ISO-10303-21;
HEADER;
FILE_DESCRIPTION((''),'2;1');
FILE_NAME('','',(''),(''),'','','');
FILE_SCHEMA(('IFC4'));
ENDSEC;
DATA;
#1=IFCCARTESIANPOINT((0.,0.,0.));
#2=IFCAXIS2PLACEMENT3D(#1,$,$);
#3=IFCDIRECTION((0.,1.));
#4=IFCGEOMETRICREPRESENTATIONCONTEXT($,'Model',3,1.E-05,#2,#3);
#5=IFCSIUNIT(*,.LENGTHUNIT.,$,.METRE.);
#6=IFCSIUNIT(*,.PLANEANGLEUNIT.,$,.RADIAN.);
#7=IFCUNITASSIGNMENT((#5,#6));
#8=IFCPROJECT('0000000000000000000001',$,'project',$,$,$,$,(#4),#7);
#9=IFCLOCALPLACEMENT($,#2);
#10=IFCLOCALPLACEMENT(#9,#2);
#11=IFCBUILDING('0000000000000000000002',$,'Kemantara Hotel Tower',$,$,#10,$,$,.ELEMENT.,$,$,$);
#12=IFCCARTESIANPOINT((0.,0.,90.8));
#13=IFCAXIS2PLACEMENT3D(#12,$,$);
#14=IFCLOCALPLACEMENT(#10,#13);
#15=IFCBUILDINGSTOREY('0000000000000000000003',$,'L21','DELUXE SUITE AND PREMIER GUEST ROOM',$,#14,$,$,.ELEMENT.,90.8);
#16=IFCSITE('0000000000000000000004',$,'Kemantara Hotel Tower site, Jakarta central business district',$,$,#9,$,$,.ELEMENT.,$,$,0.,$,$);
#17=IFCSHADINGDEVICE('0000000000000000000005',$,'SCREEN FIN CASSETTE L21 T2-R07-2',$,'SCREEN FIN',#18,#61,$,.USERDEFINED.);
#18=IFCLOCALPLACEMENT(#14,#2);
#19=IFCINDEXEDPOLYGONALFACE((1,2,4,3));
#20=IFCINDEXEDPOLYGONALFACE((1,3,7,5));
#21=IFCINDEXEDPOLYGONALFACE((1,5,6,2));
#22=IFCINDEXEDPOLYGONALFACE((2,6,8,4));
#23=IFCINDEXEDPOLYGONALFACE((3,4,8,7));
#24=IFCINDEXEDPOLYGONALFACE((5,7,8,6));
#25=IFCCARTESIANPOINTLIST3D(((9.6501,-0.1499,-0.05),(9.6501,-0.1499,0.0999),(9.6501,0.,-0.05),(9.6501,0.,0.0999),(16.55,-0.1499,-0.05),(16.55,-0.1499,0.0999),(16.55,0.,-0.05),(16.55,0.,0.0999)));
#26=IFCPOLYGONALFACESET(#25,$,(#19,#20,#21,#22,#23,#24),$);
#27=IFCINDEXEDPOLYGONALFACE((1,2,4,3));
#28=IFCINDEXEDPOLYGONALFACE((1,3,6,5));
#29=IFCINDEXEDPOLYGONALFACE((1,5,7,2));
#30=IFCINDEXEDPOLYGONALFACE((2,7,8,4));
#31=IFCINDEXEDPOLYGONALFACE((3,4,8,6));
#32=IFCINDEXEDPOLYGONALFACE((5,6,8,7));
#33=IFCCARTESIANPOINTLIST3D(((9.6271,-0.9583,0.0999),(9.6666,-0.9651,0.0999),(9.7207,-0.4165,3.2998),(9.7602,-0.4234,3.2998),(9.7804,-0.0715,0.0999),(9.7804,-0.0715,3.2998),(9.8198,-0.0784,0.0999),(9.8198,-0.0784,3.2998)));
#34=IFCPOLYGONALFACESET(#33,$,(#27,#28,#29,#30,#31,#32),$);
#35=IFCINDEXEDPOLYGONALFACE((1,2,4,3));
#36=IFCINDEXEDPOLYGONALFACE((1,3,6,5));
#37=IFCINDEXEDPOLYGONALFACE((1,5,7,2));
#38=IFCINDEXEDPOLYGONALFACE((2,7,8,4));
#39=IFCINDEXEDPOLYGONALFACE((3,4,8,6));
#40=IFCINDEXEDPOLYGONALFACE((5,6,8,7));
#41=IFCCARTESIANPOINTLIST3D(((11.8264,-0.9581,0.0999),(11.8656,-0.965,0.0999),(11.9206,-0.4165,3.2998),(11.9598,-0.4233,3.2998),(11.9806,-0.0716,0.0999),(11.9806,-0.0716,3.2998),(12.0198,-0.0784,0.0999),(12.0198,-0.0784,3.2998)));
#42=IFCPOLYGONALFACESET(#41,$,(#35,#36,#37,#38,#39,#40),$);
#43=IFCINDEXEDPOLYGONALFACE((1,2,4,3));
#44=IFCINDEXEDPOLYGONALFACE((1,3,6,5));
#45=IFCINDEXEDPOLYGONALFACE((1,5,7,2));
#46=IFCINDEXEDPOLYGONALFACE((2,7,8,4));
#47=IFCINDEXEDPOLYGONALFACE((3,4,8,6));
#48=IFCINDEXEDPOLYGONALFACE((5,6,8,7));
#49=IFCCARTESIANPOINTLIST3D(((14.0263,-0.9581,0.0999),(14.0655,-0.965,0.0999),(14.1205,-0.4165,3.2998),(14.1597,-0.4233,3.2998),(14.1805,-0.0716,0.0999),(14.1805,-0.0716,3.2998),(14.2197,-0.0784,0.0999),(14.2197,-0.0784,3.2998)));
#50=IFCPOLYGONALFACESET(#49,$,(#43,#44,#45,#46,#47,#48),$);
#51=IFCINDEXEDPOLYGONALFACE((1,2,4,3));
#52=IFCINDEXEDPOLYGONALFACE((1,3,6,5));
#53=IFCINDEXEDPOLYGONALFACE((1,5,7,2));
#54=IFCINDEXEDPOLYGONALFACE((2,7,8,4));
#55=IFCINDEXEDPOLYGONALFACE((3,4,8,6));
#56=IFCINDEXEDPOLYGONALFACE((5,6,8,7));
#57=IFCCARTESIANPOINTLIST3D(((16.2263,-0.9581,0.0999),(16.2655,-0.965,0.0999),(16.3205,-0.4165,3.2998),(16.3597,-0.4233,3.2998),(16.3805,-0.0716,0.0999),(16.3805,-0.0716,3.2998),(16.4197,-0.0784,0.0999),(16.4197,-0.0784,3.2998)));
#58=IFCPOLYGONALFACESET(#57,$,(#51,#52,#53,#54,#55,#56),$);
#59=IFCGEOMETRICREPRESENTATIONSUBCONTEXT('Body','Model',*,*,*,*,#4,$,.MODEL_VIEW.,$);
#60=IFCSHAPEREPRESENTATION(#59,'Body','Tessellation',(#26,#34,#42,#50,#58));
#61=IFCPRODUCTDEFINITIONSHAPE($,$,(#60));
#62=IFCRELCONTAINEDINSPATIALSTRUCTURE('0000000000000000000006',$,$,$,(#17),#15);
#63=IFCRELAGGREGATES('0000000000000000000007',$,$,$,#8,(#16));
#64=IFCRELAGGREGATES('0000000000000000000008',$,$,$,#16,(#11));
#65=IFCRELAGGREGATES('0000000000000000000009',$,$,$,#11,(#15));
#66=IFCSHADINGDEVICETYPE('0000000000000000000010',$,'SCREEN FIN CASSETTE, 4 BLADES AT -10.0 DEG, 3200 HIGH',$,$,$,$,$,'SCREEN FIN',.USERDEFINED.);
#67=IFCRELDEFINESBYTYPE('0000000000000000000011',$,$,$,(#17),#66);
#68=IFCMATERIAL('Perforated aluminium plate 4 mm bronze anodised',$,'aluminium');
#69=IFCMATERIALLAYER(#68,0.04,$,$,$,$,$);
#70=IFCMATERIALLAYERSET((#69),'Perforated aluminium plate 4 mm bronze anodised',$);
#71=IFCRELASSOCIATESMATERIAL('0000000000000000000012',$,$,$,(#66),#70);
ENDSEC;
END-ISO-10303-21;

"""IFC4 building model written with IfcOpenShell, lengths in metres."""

from ifc_helpers import new_model, si_unit, direction, frame, origin, origin_2d, place, context, subcontext, project, spatial, polyline, rectangle, outline, extrude, source, transform, mapped, material, layer, layer_set, type_object, element, save


model = new_model("IFC4")

# Units and contexts
model_context = context("Model", 3, precision=1e-05, world=origin(), true_north=direction((0.0, 1.0)))
body_context = subcontext(model_context, "Body", "Model", "MODEL_VIEW")
ifc_project = project(units=[si_unit("LENGTHUNIT", "METRE"), si_unit("PLANEANGLEUNIT", "RADIAN")], contexts=[model_context])

# Site, building, storey
site_placement = place(None, origin())
site = spatial("IfcSite", under=ifc_project, at=site_placement, Name="Kemantara Hotel Tower site, Jakarta central business district", CompositionType="ELEMENT", RefElevation=0.0)
building_placement = place(site_placement, origin())
building = spatial("IfcBuilding", under=site, at=building_placement, Name="Kemantara Hotel Tower", CompositionType="ELEMENT")
storey_placement = place(building_placement, frame((0.0, 0.0, 90.8)))
storey = spatial("IfcBuildingStorey", under=building, at=storey_placement, Name="L21", Description="DELUXE SUITE AND PREMIER GUEST ROOM", CompositionType="ELEMENT", Elevation=90.8)

# Shading device
ifc_material_1 = material(Name="Perforated aluminium plate 4 mm bronze anodised", Category="aluminium")
ifc_layer_1 = layer(ifc_material_1, 0.04)
ifc_layer_set_1 = layer_set([ifc_layer_1], Name="Perforated aluminium plate 4 mm bronze anodised")
shading_device_type = type_object("IfcShadingDeviceType", Name="SCREEN FIN CASSETTE, 4 BLADES AT -10.0 DEG, 3200 HIGH", ElementType="SCREEN FIN", PredefinedType="USERDEFINED", material=ifc_layer_set_1)
shared_shape = source(origin(), body_context, "Body", "SweptSolid", [
    extrude(rectangle(XDim=6.8999, YDim=0.1499, at=origin_2d()), frame((3.3, -0.075, -0.1499), z_axis=(0.0, 0.0, 1.0), x_axis=(1.0, 0.0, 0.0)), (0.0, 0.0, 1.0), 0.1499),
    extrude(outline(polyline([(0.0, 0.0), (0.8999, 0.0), (0.3501, 3.2), (0.0, 3.2), (0.0, 0.0)])), frame((0.0198, -0.0784, 0.0), z_axis=(-0.98539, 0.170314, 0.0), x_axis=(-0.170314, -0.98539, 0.0)), (0.0, 0.0, 1.0), 0.04),
    extrude(outline(polyline([(0.0, 0.0), (0.8999, 0.0), (0.3501, 3.2), (0.0, 3.2), (0.0, 0.0)])), frame((2.2197, -0.0784, 0.0), z_axis=(-0.985212, 0.171341, 0.0), x_axis=(-0.171341, -0.985212, 0.0)), (0.0, 0.0, 1.0), 0.0398),
    extrude(outline(polyline([(0.0, 0.0), (0.8999, 0.0), (0.3501, 3.2), (0.0, 3.2), (0.0, 0.0)])), frame((4.4197, -0.0784, 0.0), z_axis=(-0.985212, 0.171341, 0.0), x_axis=(-0.171341, -0.985212, 0.0)), (0.0, 0.0, 1.0), 0.0398),
    extrude(outline(polyline([(0.0, 0.0), (0.8999, 0.0), (0.3501, 3.2), (0.0, 3.2), (0.0, 0.0)])), frame((6.6196, -0.0784, 0.0), z_axis=(-0.985212, 0.171341, 0.0), x_axis=(-0.171341, -0.985212, 0.0)), (0.0, 0.0, 1.0), 0.0398),
])
shading_device_placement = place(storey_placement, frame((9.8, 0.0, 0.0999), z_axis=(0.0, 0.0, 1.0), x_axis=(1.0, 0.0, 0.0)))
element("IfcShadingDevice", 1, at=shading_device_placement, inside=storey, type_object=shading_device_type, Name="SCREEN FIN CASSETTE L21 T2-R07-2", ObjectType="SCREEN FIN", PredefinedType="USERDEFINED", context=body_context, shape_type="MappedRepresentation", body=[
    mapped(shared_shape, transform((0.0, 0.0, 0.0))),
])

save(model, "model.ifc")
